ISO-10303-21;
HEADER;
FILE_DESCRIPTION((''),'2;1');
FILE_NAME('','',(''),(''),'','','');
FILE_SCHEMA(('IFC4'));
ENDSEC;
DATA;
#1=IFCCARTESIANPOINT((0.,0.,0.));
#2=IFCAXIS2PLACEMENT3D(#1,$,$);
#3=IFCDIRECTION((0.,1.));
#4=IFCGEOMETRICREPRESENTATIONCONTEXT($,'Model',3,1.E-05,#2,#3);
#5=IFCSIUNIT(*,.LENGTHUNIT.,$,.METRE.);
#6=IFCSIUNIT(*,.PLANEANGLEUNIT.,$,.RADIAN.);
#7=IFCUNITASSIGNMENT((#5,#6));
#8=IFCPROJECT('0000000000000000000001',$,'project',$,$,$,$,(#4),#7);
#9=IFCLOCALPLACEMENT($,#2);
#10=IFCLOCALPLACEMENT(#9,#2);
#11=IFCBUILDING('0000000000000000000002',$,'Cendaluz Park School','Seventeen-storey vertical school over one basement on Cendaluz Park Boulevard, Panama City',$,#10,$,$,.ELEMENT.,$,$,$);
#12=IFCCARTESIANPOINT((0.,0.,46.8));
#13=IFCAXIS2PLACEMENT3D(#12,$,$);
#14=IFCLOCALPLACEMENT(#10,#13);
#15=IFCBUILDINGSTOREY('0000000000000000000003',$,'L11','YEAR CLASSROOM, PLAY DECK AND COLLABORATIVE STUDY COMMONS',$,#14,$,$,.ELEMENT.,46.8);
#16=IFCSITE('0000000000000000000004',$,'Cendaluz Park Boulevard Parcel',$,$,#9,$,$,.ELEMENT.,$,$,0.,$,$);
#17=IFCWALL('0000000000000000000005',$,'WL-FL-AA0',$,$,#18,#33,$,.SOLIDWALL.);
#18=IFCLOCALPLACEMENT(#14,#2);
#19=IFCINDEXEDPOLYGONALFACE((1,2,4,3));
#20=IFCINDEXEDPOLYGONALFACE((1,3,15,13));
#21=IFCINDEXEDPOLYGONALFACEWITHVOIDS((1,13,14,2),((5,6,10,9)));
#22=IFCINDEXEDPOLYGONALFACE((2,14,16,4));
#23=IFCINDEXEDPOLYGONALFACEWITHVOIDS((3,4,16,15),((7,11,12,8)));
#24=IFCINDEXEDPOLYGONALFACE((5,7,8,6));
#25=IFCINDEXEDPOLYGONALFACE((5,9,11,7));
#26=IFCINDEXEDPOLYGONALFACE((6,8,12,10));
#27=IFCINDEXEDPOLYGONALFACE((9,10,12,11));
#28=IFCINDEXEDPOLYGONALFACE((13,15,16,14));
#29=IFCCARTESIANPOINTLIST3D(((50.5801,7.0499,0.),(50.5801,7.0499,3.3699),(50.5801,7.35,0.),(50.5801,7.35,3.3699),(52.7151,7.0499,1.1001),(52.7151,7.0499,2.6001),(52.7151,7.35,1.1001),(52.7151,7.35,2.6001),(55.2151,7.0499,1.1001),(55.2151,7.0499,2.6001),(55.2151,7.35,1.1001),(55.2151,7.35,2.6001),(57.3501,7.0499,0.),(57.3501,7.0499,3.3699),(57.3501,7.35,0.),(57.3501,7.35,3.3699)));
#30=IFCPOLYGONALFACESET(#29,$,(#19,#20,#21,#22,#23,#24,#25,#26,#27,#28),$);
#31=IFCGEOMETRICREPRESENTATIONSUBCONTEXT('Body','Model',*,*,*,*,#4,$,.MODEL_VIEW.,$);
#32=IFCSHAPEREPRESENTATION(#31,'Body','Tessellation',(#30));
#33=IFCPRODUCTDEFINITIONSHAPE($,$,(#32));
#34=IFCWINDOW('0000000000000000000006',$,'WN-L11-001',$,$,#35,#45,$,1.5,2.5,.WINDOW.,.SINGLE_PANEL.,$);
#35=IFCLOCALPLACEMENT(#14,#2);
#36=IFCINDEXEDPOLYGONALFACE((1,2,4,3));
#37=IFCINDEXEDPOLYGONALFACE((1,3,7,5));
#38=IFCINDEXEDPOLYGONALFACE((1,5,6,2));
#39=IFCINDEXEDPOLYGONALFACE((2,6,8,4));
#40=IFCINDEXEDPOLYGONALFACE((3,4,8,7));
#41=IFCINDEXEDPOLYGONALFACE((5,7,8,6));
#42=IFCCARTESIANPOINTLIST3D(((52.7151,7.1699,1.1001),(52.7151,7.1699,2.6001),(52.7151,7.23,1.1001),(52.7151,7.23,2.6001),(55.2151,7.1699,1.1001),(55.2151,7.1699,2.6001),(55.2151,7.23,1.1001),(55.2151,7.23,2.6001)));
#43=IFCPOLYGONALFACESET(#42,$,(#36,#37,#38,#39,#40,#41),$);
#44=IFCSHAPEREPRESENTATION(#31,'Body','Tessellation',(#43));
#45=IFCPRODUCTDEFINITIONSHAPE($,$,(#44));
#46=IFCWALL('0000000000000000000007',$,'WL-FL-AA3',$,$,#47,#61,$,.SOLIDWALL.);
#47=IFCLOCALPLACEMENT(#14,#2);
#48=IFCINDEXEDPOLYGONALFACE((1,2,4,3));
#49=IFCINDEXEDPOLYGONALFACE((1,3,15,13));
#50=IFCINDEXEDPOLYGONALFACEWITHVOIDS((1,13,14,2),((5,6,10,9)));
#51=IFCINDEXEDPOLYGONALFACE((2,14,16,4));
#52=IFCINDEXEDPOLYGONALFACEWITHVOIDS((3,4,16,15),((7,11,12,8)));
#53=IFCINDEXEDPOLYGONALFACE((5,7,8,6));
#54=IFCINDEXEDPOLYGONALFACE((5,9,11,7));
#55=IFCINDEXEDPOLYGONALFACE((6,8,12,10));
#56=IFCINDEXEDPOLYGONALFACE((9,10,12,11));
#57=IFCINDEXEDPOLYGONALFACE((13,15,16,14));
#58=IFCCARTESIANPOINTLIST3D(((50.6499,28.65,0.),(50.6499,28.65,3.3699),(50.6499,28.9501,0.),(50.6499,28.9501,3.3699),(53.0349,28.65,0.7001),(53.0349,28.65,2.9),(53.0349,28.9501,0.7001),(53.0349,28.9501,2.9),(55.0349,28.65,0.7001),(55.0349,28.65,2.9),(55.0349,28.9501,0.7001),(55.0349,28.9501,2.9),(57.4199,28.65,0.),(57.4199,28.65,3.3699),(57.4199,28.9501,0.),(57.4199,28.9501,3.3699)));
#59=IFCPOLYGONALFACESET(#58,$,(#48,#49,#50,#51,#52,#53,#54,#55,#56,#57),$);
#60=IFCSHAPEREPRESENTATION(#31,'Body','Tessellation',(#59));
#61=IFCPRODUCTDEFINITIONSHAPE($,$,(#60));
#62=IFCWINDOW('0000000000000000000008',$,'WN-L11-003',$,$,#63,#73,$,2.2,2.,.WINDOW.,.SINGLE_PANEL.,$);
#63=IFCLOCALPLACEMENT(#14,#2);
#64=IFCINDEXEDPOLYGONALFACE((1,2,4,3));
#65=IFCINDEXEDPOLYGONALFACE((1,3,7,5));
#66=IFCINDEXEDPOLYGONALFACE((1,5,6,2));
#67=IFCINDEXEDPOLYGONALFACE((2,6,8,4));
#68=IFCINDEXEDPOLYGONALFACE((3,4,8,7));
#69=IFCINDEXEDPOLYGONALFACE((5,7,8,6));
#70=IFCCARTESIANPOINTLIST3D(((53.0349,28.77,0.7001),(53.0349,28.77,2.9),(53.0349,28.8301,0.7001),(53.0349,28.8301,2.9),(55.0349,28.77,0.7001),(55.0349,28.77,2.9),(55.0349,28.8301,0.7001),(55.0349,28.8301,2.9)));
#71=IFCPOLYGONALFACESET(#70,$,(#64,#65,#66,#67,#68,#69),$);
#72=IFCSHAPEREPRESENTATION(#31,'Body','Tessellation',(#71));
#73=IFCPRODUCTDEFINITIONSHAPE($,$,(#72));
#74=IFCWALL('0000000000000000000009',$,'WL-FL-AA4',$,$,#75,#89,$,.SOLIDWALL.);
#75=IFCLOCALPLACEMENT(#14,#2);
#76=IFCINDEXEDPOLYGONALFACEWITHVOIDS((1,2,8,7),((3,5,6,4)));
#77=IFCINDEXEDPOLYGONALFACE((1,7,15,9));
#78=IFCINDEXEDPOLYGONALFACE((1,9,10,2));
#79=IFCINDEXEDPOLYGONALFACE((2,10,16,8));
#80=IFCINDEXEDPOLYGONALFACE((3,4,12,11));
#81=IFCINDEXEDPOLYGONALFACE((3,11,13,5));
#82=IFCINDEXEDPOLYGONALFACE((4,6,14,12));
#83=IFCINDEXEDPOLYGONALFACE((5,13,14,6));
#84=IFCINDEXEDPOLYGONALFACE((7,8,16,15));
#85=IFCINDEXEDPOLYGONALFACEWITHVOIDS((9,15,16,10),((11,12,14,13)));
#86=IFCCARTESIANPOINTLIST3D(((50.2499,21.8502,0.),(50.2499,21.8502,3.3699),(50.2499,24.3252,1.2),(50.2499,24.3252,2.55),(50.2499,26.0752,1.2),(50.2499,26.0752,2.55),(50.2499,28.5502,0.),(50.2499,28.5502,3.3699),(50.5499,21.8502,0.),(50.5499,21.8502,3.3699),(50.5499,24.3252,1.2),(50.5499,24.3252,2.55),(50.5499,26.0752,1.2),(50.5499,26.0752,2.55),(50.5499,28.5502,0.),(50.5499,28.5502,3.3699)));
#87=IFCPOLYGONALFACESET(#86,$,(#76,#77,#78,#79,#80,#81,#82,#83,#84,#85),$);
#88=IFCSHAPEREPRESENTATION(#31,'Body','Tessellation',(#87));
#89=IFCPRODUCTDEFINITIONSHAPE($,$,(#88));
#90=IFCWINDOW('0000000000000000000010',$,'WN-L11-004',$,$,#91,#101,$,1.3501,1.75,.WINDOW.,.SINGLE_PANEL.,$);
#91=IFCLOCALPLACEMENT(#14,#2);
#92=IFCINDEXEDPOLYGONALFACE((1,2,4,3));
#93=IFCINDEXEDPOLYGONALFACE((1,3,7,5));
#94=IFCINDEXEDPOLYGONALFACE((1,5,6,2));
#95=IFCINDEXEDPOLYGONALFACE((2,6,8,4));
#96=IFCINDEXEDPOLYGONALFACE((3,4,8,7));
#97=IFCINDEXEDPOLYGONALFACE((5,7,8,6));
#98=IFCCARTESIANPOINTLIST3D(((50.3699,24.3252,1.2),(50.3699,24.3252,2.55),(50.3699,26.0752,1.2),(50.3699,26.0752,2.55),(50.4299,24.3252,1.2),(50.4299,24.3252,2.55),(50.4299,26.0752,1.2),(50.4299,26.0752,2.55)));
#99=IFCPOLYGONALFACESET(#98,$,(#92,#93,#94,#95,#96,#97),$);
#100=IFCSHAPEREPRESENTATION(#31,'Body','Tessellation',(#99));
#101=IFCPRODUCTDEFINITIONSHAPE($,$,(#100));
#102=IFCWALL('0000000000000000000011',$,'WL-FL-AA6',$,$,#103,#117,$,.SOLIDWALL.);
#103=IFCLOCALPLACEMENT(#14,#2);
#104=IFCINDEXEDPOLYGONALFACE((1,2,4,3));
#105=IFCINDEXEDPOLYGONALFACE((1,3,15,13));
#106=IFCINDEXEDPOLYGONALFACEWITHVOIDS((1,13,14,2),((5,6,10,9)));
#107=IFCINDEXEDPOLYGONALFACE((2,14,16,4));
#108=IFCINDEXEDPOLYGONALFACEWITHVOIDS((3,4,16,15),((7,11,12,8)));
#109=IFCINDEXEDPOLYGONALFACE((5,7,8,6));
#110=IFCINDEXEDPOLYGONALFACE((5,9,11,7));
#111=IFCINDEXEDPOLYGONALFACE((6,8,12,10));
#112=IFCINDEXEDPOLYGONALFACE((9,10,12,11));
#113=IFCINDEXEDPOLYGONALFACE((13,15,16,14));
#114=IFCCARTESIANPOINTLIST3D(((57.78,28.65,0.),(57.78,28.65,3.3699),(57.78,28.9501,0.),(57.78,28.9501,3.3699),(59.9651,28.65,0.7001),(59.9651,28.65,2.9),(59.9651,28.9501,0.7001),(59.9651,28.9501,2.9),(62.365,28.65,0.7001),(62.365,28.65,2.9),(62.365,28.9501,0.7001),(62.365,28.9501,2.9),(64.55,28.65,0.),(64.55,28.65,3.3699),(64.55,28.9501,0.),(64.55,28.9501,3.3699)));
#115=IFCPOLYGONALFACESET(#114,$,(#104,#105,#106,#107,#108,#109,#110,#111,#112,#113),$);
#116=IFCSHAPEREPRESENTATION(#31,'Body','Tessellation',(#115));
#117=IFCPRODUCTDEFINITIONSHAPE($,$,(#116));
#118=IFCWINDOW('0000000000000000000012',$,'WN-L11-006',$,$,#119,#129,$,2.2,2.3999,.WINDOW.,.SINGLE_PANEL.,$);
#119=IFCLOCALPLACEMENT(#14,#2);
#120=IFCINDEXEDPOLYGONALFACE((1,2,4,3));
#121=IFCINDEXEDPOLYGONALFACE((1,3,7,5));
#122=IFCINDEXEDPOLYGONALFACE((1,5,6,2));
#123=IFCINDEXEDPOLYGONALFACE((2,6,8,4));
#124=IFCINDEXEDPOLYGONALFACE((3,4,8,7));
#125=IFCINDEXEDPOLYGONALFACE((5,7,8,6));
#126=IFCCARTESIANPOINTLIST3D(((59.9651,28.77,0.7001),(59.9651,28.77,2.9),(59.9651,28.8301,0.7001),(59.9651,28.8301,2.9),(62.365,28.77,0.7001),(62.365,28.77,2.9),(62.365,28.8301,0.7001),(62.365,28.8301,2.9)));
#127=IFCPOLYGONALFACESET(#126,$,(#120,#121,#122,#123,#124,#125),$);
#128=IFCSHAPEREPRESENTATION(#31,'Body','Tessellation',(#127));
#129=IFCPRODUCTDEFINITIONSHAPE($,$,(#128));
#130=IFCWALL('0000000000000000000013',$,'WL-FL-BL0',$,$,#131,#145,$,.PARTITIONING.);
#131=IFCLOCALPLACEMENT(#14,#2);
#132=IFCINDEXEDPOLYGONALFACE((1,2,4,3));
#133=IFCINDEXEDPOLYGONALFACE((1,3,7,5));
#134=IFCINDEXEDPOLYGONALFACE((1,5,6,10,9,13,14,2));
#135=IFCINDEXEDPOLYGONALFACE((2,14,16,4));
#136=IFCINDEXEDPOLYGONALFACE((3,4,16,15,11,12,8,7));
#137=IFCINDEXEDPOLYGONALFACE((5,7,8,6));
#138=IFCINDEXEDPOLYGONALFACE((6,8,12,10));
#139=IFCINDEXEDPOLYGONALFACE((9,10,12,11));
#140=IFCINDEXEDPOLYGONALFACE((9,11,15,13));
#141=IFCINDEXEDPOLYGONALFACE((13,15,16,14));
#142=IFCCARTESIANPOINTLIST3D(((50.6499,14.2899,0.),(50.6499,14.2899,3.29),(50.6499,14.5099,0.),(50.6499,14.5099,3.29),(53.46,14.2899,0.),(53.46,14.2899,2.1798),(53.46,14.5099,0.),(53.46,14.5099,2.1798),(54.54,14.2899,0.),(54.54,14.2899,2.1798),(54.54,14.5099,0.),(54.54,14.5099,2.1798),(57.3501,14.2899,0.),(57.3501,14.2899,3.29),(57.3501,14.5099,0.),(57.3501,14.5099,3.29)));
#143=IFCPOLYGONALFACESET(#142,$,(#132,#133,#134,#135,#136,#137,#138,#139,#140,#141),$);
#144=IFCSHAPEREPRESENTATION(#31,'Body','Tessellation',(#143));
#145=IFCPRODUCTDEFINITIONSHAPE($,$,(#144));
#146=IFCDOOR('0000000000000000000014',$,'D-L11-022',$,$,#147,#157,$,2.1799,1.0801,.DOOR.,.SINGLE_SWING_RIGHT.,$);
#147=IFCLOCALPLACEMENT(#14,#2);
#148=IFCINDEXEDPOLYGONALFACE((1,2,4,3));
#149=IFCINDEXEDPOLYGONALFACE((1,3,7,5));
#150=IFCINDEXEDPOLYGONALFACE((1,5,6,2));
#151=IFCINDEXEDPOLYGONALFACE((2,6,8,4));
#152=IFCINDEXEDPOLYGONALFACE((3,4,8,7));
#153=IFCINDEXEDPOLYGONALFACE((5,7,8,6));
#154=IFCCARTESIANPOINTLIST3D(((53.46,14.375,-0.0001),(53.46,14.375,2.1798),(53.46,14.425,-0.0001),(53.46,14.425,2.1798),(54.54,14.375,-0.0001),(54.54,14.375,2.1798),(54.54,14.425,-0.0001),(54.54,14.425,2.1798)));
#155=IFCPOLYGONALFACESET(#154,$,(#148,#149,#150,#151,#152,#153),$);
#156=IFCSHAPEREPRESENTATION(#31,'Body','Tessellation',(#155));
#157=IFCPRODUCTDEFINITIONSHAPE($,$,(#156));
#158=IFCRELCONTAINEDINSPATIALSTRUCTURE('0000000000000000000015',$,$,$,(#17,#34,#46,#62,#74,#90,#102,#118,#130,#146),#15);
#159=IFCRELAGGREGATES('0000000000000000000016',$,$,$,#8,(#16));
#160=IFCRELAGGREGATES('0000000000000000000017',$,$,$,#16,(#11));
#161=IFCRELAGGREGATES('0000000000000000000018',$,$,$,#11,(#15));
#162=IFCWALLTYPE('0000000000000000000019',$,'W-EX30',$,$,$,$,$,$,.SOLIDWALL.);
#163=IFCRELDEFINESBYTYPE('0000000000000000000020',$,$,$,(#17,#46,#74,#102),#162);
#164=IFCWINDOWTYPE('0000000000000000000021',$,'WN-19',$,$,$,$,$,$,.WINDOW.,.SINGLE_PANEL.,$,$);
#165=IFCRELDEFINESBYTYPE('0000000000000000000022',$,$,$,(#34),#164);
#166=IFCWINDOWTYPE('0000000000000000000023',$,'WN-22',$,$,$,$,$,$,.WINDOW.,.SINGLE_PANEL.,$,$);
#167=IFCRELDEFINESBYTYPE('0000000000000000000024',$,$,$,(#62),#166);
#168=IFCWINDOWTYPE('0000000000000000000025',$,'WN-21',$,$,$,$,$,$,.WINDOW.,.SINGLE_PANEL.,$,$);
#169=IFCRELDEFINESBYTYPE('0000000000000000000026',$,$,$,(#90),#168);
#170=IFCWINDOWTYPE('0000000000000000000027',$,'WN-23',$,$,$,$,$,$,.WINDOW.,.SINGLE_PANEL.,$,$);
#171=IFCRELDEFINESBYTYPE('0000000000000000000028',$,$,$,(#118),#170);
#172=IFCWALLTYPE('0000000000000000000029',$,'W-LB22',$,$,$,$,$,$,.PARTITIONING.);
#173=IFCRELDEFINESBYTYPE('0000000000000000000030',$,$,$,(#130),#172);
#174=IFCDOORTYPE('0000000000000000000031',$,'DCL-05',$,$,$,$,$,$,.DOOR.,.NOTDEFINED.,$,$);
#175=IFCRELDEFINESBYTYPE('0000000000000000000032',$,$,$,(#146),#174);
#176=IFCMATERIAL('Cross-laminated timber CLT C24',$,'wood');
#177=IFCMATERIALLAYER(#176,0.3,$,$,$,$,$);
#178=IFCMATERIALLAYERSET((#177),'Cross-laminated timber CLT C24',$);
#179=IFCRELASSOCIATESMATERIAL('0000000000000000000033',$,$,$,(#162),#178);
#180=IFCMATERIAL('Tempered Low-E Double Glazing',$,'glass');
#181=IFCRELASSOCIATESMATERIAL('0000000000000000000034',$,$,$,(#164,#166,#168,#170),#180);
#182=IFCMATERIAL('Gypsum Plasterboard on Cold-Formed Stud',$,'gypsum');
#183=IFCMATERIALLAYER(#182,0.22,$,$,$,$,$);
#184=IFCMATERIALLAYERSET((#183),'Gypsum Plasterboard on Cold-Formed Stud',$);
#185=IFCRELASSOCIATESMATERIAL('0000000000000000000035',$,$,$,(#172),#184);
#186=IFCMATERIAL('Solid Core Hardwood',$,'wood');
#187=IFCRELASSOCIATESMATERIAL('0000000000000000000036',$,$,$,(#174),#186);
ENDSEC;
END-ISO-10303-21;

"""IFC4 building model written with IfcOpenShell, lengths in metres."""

from ifc_helpers import new_model, si_unit, direction, frame, frame_2d, origin, place, context, subcontext, project, spatial, rectangle, extrude, material, layer, layer_set, type_object, element, fill, save


model = new_model("IFC4")

# Units and contexts
model_context = context("Model", 3, precision=1e-05, world=origin(), true_north=direction((0.0, 1.0)))
body_context = subcontext(model_context, "Body", "Model", "MODEL_VIEW")
ifc_project = project(units=[si_unit("LENGTHUNIT", "METRE"), si_unit("PLANEANGLEUNIT", "RADIAN")], contexts=[model_context])

# Site, building, storey
site_placement = place(None, origin())
site = spatial("IfcSite", under=ifc_project, at=site_placement, Name="Cendaluz Park Boulevard Parcel", CompositionType="ELEMENT", RefElevation=0.0)
building_placement = place(site_placement, origin())
building = spatial("IfcBuilding", under=site, at=building_placement, Name="Cendaluz Park School", Description="Seventeen-storey vertical school over one basement on Cendaluz Park Boulevard, Panama City", CompositionType="ELEMENT")
storey_placement = place(building_placement, frame((0.0, 0.0, 46.8)))
storey = spatial("IfcBuildingStorey", under=building, at=storey_placement, Name="L11", Description="YEAR CLASSROOM, PLAY DECK AND COLLABORATIVE STUDY COMMONS", CompositionType="ELEMENT", Elevation=46.8)

# Walls, openings, windows
ifc_material_1 = material(Name="Cross-laminated timber CLT C24", Category="wood")
ifc_layer_1 = layer(ifc_material_1, 0.3)
ifc_layer_set_1 = layer_set([ifc_layer_1], Name="Cross-laminated timber CLT C24")
wall_type_1 = type_object("IfcWallType", Name="W-EX30", PredefinedType="SOLIDWALL", material=ifc_layer_set_1)
wall_1_placement = place(storey_placement, frame((50.5801, 7.2, 0.0), z_axis=(0.0, 0.0, 1.0), x_axis=(1.0, 0.0, 0.0)))
wall_1 = element("IfcWall", 1, at=wall_1_placement, inside=storey, type_object=wall_type_1, Name="WL-FL-AA0", PredefinedType="SOLIDWALL", context=body_context, shape_type="SweptSolid", body=[
    extrude(rectangle(XDim=6.77, YDim=0.3, at=frame_2d((3.385, 0.0))), origin(), (0.0, 0.0, 1.0), 3.3699),
])
opening_1_placement = place(wall_1_placement, frame((2.135, 0.0, 1.1001)))
opening_1 = element("IfcOpeningElement", 2, at=opening_1_placement, cuts=wall_1, PredefinedType="OPENING", context=body_context, shape_type="SweptSolid", body=[
    extrude(rectangle(XDim=2.5, YDim=1.5, at=frame_2d((1.25, 0.75))), frame((0.0, 0.1621, 0.0), z_axis=(0.0, -1.0, 0.0), x_axis=(1.0, 0.0, 0.0)), (0.0, 0.0, 1.0), 0.324),
])
ifc_material_2 = material(Name="Tempered Low-E Double Glazing", Category="glass")
window_type_1 = type_object("IfcWindowType", Name="WN-19", PartitioningType="SINGLE_PANEL", PredefinedType="WINDOW", material=ifc_material_2)
window_1_placement = place(opening_1_placement, origin())
window_1 = element("IfcWindow", 3, at=window_1_placement, inside=storey, type_object=window_type_1, Name="WN-L11-001", OverallHeight=1.5, OverallWidth=2.5, PartitioningType="SINGLE_PANEL", PredefinedType="WINDOW", context=body_context, shape_type="SweptSolid", body=[
    extrude(rectangle(XDim=2.5, YDim=1.5, at=frame_2d((1.25, 0.75))), frame((0.0, 0.03, 0.0), z_axis=(0.0, -1.0, 0.0), x_axis=(1.0, 0.0, 0.0)), (0.0, 0.0, 1.0), 0.0601),
])
fill(opening_1, window_1)
wall_2_placement = place(storey_placement, frame((50.6499, 28.8, 0.0), z_axis=(0.0, 0.0, 1.0), x_axis=(1.0, 0.0, 0.0)))
wall_2 = element("IfcWall", 4, at=wall_2_placement, inside=storey, type_object=wall_type_1, Name="WL-FL-AA3", PredefinedType="SOLIDWALL", context=body_context, shape_type="SweptSolid", body=[
    extrude(rectangle(XDim=6.77, YDim=0.3, at=frame_2d((3.385, 0.0))), origin(), (0.0, 0.0, 1.0), 3.3699),
])
opening_2_placement = place(wall_2_placement, frame((2.385, 0.0, 0.7)))
opening_2 = element("IfcOpeningElement", 5, at=opening_2_placement, cuts=wall_2, PredefinedType="OPENING", context=body_context, shape_type="SweptSolid", body=[
    extrude(rectangle(XDim=2.0, YDim=2.2, at=frame_2d((1.0, 1.1001))), frame((0.0, 0.1621, 0.0), z_axis=(0.0, -1.0, 0.0), x_axis=(1.0, 0.0, 0.0)), (0.0, 0.0, 1.0), 0.324),
])
window_type_2 = type_object("IfcWindowType", Name="WN-22", PartitioningType="SINGLE_PANEL", PredefinedType="WINDOW", material=ifc_material_2)
window_2_placement = place(opening_2_placement, origin())
window_2 = element("IfcWindow", 6, at=window_2_placement, inside=storey, type_object=window_type_2, Name="WN-L11-003", OverallHeight=2.2, OverallWidth=2.0, PartitioningType="SINGLE_PANEL", PredefinedType="WINDOW", context=body_context, shape_type="SweptSolid", body=[
    extrude(rectangle(XDim=2.0, YDim=2.2, at=frame_2d((1.0, 1.1001))), frame((0.0, 0.03, 0.0), z_axis=(0.0, -1.0, 0.0), x_axis=(1.0, 0.0, 0.0)), (0.0, 0.0, 1.0), 0.0601),
])
fill(opening_2, window_2)
wall_3_placement = place(storey_placement, frame((50.3999, 21.8501, 0.0), z_axis=(0.0, 0.0, 1.0), x_axis=(0.0, 1.0, 0.0)))
wall_3 = element("IfcWall", 7, at=wall_3_placement, inside=storey, type_object=wall_type_1, Name="WL-FL-AA4", PredefinedType="SOLIDWALL", context=body_context, shape_type="SweptSolid", body=[
    extrude(rectangle(XDim=6.7, YDim=0.3, at=frame_2d((3.3501, 0.0))), origin(), (0.0, 0.0, 1.0), 3.3699),
])
opening_3_placement = place(wall_3_placement, frame((2.4751, 0.0, 1.2)))
opening_3 = element("IfcOpeningElement", 8, at=opening_3_placement, cuts=wall_3, PredefinedType="OPENING", context=body_context, shape_type="SweptSolid", body=[
    extrude(rectangle(XDim=1.75, YDim=1.3501, at=frame_2d((0.875, 0.675))), frame((0.0, 0.1621, 0.0), z_axis=(0.0, -1.0, 0.0), x_axis=(1.0, 0.0, 0.0)), (0.0, 0.0, 1.0), 0.324),
])
window_type_3 = type_object("IfcWindowType", Name="WN-21", PartitioningType="SINGLE_PANEL", PredefinedType="WINDOW", material=ifc_material_2)
window_3_placement = place(opening_3_placement, origin())
window_3 = element("IfcWindow", 9, at=window_3_placement, inside=storey, type_object=window_type_3, Name="WN-L11-004", OverallHeight=1.3501, OverallWidth=1.75, PartitioningType="SINGLE_PANEL", PredefinedType="WINDOW", context=body_context, shape_type="SweptSolid", body=[
    extrude(rectangle(XDim=1.75, YDim=1.3501, at=frame_2d((0.875, 0.675))), frame((0.0, 0.03, 0.0), z_axis=(0.0, -1.0, 0.0), x_axis=(1.0, 0.0, 0.0)), (0.0, 0.0, 1.0), 0.0601),
])
fill(opening_3, window_3)
wall_4_placement = place(storey_placement, frame((57.78, 28.8, 0.0), z_axis=(0.0, 0.0, 1.0), x_axis=(1.0, 0.0, 0.0)))
wall_4 = element("IfcWall", 10, at=wall_4_placement, inside=storey, type_object=wall_type_1, Name="WL-FL-AA6", PredefinedType="SOLIDWALL", context=body_context, shape_type="SweptSolid", body=[
    extrude(rectangle(XDim=6.77, YDim=0.3, at=frame_2d((3.385, 0.0))), origin(), (0.0, 0.0, 1.0), 3.3699),
])
opening_4_placement = place(wall_4_placement, frame((2.1851, 0.0, 0.7)))
opening_4 = element("IfcOpeningElement", 11, at=opening_4_placement, cuts=wall_4, PredefinedType="OPENING", context=body_context, shape_type="SweptSolid", body=[
    extrude(rectangle(XDim=2.3999, YDim=2.2, at=frame_2d((1.2, 1.1001))), frame((0.0, 0.1621, 0.0), z_axis=(0.0, -1.0, 0.0), x_axis=(1.0, 0.0, 0.0)), (0.0, 0.0, 1.0), 0.324),
])
window_type_4 = type_object("IfcWindowType", Name="WN-23", PartitioningType="SINGLE_PANEL", PredefinedType="WINDOW", material=ifc_material_2)
window_4_placement = place(opening_4_placement, origin())
window_4 = element("IfcWindow", 12, at=window_4_placement, inside=storey, type_object=window_type_4, Name="WN-L11-006", OverallHeight=2.2, OverallWidth=2.3999, PartitioningType="SINGLE_PANEL", PredefinedType="WINDOW", context=body_context, shape_type="SweptSolid", body=[
    extrude(rectangle(XDim=2.3999, YDim=2.2, at=frame_2d((1.2, 1.1001))), frame((0.0, 0.03, 0.0), z_axis=(0.0, -1.0, 0.0), x_axis=(1.0, 0.0, 0.0)), (0.0, 0.0, 1.0), 0.0601),
])
fill(opening_4, window_4)

# Wall, opening, door
ifc_material_3 = material(Name="Gypsum Plasterboard on Cold-Formed Stud", Category="gypsum")
ifc_layer_2 = layer(ifc_material_3, 0.22)
ifc_layer_set_2 = layer_set([ifc_layer_2], Name="Gypsum Plasterboard on Cold-Formed Stud")
wall_type_2 = type_object("IfcWallType", Name="W-LB22", PredefinedType="PARTITIONING", material=ifc_layer_set_2)
wall_5_placement = place(storey_placement, frame((50.6499, 14.3999, 0.0), z_axis=(0.0, 0.0, 1.0), x_axis=(1.0, 0.0, 0.0)))
wall_5 = element("IfcWall", 13, at=wall_5_placement, inside=storey, type_object=wall_type_2, Name="WL-FL-BL0", PredefinedType="PARTITIONING", context=body_context, shape_type="SweptSolid", body=[
    extrude(rectangle(XDim=6.7002, YDim=0.22, at=frame_2d((3.3501, 0.0))), origin(), (0.0, 0.0, 1.0), 3.29),
])
opening_5_placement = place(wall_5_placement, frame((2.8101, 0.0, 0.0)))
opening_5 = element("IfcOpeningElement", 14, at=opening_5_placement, cuts=wall_5, PredefinedType="OPENING", context=body_context, shape_type="SweptSolid", body=[
    extrude(rectangle(XDim=1.0801, YDim=2.1799, at=frame_2d((0.54, 1.0898))), frame((0.0, 0.1221, 0.0), z_axis=(0.0, -1.0, 0.0), x_axis=(1.0, 0.0, 0.0)), (0.0, 0.0, 1.0), 0.2439),
])
ifc_material_4 = material(Name="Solid Core Hardwood", Category="wood")
door_type = type_object("IfcDoorType", Name="DCL-05", OperationType="NOTDEFINED", PredefinedType="DOOR", material=ifc_material_4)
door_placement = place(opening_5_placement, frame((1.0801, 0.0, 0.0), z_axis=(0.0, 0.0, 1.0), x_axis=(-1.0, 0.0, 0.0)))
door = element("IfcDoor", 15, at=door_placement, inside=storey, type_object=door_type, Name="D-L11-022", OperationType="SINGLE_SWING_RIGHT", OverallHeight=2.1799, OverallWidth=1.0801, PredefinedType="DOOR", context=body_context, shape_type="SweptSolid", body=[
    extrude(rectangle(XDim=1.0801, YDim=2.1799, at=frame_2d((0.54, 1.0898))), frame((0.0, 0.0249, 0.0), z_axis=(0.0, -1.0, 0.0), x_axis=(1.0, 0.0, 0.0)), (0.0, 0.0, 1.0), 0.05),
])
fill(opening_5, door)

save(model, "model.ifc")
